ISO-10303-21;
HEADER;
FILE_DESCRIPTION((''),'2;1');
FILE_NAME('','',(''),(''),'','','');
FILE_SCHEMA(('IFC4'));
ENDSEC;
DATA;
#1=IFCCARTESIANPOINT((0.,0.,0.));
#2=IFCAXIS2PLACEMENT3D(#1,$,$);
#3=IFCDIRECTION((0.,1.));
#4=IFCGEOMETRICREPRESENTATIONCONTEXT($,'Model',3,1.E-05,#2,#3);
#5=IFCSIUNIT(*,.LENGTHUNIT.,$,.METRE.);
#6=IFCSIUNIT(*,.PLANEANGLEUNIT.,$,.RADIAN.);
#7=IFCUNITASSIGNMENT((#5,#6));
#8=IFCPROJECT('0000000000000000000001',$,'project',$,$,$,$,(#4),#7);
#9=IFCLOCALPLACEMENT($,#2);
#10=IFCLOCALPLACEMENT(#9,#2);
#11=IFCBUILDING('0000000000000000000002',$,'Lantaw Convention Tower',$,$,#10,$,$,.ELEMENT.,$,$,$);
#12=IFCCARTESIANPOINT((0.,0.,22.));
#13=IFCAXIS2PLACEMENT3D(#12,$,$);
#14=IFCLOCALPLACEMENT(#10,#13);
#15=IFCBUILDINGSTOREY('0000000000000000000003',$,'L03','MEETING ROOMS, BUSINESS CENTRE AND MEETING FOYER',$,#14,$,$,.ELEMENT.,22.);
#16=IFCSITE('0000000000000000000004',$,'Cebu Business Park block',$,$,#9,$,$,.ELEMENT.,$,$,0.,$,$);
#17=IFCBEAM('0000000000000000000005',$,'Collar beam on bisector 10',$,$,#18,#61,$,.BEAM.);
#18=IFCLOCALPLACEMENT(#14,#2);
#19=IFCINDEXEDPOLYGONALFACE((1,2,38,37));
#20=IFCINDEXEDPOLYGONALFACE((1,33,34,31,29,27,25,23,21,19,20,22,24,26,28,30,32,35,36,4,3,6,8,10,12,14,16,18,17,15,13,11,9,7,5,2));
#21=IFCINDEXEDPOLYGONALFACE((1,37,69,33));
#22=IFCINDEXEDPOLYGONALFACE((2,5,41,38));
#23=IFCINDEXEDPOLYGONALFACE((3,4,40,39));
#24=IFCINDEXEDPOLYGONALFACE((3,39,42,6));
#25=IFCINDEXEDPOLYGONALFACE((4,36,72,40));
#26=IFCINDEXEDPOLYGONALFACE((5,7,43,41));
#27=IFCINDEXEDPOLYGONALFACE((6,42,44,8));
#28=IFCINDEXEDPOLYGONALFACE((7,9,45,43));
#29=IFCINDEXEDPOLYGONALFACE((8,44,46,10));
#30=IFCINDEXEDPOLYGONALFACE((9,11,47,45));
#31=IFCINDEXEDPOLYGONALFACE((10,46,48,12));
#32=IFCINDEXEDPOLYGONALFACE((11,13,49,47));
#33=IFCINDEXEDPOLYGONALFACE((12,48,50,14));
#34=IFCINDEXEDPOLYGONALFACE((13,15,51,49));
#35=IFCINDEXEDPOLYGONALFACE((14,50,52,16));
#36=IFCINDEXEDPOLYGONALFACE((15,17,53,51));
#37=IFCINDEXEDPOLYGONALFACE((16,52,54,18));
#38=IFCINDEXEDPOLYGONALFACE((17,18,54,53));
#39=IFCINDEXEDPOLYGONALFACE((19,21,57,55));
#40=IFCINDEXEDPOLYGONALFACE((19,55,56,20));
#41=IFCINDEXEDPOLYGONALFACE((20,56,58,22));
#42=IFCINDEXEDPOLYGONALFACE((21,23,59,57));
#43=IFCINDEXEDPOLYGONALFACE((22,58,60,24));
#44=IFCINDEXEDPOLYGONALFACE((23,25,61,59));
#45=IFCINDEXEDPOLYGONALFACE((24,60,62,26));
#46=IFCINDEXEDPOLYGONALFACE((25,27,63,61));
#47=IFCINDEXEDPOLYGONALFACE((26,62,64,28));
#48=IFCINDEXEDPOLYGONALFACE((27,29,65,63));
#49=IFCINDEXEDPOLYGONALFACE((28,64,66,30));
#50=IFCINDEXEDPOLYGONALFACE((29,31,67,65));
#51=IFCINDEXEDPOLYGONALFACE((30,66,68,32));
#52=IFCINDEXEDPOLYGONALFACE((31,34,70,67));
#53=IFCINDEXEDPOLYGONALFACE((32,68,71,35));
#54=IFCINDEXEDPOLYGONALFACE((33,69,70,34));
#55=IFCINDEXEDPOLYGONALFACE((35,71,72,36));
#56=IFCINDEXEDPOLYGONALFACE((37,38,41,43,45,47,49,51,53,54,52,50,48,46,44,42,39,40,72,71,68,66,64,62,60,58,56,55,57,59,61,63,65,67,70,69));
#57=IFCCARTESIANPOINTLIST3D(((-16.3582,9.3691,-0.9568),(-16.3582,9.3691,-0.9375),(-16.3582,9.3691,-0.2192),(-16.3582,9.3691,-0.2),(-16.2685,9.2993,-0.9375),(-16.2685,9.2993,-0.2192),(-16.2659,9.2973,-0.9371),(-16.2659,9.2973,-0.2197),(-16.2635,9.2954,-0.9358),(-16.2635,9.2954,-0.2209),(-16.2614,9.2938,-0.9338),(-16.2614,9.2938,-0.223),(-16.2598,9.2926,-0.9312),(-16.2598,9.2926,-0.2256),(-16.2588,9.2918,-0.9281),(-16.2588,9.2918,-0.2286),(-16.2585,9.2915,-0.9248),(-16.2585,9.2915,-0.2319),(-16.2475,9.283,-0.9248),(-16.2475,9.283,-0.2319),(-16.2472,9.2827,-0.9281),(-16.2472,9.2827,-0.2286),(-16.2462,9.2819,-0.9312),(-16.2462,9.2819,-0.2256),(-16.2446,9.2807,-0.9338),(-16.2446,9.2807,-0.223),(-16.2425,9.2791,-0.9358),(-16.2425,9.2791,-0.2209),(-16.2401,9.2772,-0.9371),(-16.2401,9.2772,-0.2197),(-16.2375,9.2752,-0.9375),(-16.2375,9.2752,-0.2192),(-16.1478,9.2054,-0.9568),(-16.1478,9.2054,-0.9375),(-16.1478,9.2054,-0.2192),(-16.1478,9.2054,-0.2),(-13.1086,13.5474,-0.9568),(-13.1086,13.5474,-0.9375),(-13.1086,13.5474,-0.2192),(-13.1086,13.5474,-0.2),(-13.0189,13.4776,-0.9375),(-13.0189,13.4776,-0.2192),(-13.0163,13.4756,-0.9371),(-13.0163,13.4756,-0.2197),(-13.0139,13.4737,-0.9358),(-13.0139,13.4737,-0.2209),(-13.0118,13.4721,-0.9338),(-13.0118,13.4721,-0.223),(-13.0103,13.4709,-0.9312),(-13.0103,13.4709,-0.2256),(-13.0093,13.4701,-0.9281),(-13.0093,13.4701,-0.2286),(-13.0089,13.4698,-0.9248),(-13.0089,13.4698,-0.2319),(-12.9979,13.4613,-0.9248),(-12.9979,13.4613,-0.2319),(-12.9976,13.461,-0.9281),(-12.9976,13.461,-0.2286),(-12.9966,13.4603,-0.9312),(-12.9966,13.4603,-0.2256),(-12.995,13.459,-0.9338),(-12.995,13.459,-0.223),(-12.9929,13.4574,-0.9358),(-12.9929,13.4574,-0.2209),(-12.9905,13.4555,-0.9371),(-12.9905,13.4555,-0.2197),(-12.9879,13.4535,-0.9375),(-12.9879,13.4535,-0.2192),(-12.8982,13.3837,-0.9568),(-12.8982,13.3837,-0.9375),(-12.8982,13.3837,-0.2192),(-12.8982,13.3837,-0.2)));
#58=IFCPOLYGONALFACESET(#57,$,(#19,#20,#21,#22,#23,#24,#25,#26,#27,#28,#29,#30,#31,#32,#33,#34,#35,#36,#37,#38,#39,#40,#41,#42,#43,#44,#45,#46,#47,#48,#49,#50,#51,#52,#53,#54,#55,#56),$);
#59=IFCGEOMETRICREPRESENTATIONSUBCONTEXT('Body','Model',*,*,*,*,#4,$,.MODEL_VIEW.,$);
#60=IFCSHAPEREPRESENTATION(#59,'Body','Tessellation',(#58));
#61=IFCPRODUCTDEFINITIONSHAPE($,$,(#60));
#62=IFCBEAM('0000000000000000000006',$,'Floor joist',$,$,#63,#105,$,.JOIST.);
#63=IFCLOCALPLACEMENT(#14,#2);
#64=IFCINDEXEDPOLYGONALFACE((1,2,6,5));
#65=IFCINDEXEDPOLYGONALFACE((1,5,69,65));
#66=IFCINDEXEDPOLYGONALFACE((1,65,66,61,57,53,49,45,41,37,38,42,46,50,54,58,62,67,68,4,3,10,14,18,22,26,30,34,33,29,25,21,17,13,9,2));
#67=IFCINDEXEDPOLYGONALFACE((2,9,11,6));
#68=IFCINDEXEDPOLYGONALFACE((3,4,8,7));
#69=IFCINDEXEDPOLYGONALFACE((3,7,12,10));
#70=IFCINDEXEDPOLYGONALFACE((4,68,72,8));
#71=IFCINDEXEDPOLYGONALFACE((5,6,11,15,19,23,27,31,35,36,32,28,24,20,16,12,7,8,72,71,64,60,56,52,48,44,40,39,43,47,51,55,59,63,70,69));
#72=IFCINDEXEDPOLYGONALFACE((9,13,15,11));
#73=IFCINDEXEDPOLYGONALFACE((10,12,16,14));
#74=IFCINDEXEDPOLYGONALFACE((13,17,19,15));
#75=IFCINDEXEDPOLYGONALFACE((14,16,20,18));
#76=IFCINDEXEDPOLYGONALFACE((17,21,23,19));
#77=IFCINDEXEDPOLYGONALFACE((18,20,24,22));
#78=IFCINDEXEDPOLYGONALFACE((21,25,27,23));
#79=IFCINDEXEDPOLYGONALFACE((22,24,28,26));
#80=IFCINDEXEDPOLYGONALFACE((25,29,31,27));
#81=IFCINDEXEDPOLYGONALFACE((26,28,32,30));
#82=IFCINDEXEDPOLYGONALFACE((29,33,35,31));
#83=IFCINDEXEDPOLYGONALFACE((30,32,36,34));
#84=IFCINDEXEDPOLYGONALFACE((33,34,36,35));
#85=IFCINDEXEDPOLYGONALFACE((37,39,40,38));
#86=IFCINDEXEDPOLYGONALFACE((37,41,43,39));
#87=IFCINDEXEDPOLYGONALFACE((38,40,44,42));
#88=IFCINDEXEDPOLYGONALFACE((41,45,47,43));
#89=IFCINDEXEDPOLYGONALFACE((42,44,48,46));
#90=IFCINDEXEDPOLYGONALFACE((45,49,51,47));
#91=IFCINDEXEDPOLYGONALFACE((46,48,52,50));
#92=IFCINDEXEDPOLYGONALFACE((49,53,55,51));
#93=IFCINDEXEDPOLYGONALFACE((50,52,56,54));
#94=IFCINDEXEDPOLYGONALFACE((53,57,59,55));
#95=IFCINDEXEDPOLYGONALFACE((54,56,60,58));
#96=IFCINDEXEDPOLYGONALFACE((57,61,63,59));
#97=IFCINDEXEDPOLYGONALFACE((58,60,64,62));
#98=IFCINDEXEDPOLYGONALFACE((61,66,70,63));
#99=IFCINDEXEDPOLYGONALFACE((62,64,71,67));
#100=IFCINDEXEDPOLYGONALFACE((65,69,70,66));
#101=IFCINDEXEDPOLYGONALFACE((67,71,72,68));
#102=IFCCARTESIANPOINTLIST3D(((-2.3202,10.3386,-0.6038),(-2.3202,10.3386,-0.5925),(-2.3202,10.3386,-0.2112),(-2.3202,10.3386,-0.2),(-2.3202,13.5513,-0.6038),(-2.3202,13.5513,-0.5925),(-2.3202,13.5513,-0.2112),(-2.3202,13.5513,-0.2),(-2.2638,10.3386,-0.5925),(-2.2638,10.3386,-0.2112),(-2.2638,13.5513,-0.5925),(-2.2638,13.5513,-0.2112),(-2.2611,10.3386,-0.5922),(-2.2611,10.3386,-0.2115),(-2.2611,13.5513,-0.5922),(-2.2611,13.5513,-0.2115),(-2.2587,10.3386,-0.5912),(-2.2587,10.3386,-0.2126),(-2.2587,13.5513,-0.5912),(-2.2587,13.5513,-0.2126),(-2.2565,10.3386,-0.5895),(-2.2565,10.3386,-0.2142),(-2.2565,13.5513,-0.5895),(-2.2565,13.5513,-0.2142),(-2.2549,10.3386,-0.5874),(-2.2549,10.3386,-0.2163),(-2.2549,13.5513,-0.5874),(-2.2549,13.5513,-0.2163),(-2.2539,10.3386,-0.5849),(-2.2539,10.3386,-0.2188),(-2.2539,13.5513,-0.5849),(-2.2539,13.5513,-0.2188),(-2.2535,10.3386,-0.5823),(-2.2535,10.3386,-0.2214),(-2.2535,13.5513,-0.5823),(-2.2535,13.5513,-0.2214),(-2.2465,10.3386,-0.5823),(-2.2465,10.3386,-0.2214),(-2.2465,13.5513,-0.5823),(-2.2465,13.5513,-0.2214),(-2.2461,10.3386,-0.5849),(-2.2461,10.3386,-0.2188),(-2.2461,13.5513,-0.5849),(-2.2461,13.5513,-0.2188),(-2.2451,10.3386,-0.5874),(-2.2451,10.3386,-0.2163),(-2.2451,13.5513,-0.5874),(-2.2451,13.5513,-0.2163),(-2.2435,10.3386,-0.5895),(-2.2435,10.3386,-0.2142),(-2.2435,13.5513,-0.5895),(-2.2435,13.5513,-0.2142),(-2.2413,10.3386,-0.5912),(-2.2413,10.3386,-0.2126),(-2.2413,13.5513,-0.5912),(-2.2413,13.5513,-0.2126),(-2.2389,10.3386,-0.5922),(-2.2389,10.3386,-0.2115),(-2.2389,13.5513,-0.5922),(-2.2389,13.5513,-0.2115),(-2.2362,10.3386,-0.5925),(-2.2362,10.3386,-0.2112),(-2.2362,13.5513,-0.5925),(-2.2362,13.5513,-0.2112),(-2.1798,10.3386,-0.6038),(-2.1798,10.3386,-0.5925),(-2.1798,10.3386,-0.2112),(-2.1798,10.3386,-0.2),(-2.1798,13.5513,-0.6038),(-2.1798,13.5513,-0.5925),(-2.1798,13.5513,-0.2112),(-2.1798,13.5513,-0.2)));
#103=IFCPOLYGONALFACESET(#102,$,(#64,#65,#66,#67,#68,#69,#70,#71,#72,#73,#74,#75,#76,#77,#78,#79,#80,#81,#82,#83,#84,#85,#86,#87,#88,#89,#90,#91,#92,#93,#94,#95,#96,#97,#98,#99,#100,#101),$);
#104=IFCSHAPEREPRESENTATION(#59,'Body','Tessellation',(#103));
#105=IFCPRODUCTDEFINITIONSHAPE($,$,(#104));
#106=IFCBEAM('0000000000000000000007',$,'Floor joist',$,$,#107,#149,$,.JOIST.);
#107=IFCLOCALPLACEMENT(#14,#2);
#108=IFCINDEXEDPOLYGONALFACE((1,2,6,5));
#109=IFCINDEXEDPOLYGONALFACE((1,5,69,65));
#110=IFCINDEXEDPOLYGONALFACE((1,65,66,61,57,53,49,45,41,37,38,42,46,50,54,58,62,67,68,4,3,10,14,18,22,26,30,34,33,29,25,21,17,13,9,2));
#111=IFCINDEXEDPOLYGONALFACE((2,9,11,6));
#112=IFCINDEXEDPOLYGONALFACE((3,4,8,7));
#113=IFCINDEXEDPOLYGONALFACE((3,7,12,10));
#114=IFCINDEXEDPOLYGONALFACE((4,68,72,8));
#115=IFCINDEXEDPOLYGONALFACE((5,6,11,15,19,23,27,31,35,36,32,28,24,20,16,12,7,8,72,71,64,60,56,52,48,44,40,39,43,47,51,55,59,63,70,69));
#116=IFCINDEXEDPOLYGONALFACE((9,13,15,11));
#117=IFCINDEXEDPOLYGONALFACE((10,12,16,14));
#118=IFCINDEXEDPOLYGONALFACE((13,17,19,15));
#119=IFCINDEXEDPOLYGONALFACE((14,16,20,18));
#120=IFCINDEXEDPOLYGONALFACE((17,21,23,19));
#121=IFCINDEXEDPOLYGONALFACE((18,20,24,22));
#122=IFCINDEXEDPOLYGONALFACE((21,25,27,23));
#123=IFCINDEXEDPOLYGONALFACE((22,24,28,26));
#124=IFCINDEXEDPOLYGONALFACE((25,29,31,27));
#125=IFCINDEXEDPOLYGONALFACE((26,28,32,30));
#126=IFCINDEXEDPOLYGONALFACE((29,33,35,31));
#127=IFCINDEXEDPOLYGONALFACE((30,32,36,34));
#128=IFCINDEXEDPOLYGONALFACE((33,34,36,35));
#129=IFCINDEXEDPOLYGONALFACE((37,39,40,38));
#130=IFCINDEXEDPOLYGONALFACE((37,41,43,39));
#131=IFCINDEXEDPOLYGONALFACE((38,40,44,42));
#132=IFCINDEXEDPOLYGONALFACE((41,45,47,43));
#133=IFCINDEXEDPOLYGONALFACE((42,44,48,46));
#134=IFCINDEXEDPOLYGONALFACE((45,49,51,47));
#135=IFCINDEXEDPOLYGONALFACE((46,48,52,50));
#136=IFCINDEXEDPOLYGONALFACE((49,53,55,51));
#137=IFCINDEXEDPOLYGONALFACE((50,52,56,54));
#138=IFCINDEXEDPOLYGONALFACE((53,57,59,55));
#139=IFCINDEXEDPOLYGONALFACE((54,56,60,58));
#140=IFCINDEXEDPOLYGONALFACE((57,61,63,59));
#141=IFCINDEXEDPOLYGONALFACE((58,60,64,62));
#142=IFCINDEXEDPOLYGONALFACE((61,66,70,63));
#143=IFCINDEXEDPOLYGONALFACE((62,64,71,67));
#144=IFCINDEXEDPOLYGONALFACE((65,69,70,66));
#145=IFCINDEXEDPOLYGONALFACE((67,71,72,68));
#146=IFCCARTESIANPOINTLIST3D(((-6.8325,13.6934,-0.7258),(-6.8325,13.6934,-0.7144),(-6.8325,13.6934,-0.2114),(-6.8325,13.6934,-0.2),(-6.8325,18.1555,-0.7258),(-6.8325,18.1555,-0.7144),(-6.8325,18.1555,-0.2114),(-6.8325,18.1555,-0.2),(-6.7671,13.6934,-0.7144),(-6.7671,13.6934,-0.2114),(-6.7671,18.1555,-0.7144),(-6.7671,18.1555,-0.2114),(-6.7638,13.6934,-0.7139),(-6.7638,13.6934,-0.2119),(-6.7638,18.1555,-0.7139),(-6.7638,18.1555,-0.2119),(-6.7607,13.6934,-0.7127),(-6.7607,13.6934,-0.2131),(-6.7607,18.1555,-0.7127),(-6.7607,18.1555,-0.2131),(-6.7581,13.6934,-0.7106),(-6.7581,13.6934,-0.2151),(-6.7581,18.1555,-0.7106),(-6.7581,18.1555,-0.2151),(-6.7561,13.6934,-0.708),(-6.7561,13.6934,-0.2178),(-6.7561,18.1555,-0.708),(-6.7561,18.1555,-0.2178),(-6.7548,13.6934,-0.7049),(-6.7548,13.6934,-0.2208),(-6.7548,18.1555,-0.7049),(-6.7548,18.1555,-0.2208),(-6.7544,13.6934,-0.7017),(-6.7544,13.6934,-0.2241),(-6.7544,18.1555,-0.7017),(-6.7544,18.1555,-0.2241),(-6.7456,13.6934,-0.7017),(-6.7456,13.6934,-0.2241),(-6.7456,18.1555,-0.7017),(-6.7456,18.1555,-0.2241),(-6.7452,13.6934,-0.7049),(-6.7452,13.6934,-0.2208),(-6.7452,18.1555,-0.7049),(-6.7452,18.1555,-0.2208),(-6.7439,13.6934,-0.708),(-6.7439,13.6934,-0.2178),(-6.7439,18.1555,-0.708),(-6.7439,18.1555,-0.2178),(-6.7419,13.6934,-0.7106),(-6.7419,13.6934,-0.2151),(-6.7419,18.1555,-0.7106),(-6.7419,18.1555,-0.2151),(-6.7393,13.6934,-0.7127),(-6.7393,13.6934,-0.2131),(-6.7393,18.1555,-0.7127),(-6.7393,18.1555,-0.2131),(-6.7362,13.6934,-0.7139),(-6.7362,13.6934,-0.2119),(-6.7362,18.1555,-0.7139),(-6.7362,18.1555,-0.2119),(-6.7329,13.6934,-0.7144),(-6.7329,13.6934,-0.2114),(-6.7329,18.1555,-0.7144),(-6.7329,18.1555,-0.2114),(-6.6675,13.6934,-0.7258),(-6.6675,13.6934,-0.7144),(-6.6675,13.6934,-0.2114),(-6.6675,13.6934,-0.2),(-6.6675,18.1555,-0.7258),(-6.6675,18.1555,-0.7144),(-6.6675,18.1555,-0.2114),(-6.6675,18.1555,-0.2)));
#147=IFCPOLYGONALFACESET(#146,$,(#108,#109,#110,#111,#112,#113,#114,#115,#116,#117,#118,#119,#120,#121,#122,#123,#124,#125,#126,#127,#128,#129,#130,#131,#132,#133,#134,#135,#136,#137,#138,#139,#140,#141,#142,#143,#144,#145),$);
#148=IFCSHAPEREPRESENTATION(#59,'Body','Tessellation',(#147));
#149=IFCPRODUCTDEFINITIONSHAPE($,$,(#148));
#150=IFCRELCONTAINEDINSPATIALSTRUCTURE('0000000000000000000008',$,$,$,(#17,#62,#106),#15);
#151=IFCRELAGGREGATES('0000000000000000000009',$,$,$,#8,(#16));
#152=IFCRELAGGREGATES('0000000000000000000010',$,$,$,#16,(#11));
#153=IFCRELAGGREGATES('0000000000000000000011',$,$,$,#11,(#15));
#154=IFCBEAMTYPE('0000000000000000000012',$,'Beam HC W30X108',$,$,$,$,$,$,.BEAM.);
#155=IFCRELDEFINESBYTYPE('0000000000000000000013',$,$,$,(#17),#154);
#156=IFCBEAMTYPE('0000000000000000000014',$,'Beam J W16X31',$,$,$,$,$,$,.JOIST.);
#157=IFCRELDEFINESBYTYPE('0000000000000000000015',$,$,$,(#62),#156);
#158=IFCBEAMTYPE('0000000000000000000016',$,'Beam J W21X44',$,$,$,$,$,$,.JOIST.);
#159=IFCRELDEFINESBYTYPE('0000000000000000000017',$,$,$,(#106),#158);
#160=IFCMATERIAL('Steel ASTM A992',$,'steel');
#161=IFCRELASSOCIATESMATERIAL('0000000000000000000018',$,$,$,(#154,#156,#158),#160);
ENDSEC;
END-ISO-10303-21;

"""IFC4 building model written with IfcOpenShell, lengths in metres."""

from ifc_helpers import new_model, si_unit, direction, frame, origin, origin_2d, place, context, subcontext, project, spatial, i_section, extrude, material, material_profile, profile_set, type_object, element, save


model = new_model("IFC4")

# Units and contexts
model_context = context("Model", 3, precision=1e-05, world=origin(), true_north=direction((0.0, 1.0)))
body_context = subcontext(model_context, "Body", "Model", "MODEL_VIEW")
ifc_project = project(units=[si_unit("LENGTHUNIT", "METRE"), si_unit("PLANEANGLEUNIT", "RADIAN")], contexts=[model_context])

# Site, building, storey
site_placement = place(None, origin())
site = spatial("IfcSite", under=ifc_project, at=site_placement, Name="Cebu Business Park block", CompositionType="ELEMENT", RefElevation=0.0)
building_placement = place(site_placement, origin())
building = spatial("IfcBuilding", under=site, at=building_placement, Name="Lantaw Convention Tower", CompositionType="ELEMENT")
storey_placement = place(building_placement, frame((0.0, 0.0, 22.0)))
storey = spatial("IfcBuildingStorey", under=building, at=storey_placement, Name="L03", Description="MEETING ROOMS, BUSINESS CENTRE AND MEETING FOYER", CompositionType="ELEMENT", Elevation=22.0)

# Beams
ifc_material_1 = material(Name="Steel ASTM A992", Category="steel")
ifc_material_profile_1 = material_profile(ifc_material_1, i_section(OverallWidth=0.2666, OverallDepth=0.7568, WebThickness=0.0139, FlangeThickness=0.0193, FilletRadius=0.0127, at=origin_2d()), Name="W30X108")
ifc_profile_set_1 = profile_set([ifc_material_profile_1], Name="Steel ASTM A992")
beam_type_1 = type_object("IfcBeamType", Name="Beam HC W30X108", PredefinedType="BEAM", material=ifc_profile_set_1)
beam_1_placement = place(storey_placement, frame((-13.0034, 13.4656, -0.5784), z_axis=(-0.613915, -0.789372, 0.0), x_axis=(0.789372, -0.613915, 0.0)))
element("IfcBeam", 1, at=beam_1_placement, inside=storey, type_object=beam_type_1, Name="Collar beam on bisector 10", PredefinedType="BEAM", context=body_context, shape_type="SweptSolid", body=[
    extrude(i_section(OverallWidth=0.2666, OverallDepth=0.7568, WebThickness=0.0139, FlangeThickness=0.0193, FilletRadius=0.0127, at=origin_2d()), origin(), (0.0, 0.0, 1.0), 5.2932),
])
ifc_material_profile_2 = material_profile(ifc_material_1, i_section(OverallWidth=0.1404, OverallDepth=0.4038, WebThickness=0.0071, FlangeThickness=0.0112, FilletRadius=0.0103, at=origin_2d()), Name="W16X31")
ifc_profile_set_2 = profile_set([ifc_material_profile_2], Name="Steel ASTM A992")
beam_type_2 = type_object("IfcBeamType", Name="Beam J W16X31", PredefinedType="JOIST", material=ifc_profile_set_2)
beam_2_placement = place(storey_placement, frame((-2.25, 10.3386, -0.4019), z_axis=(0.0, 1.0, 0.0), x_axis=(-1.0, 0.0, 0.0)))
element("IfcBeam", 2, at=beam_2_placement, inside=storey, type_object=beam_type_2, Name="Floor joist", PredefinedType="JOIST", context=body_context, shape_type="SweptSolid", body=[
    extrude(i_section(OverallWidth=0.1404, OverallDepth=0.4038, WebThickness=0.0071, FlangeThickness=0.0112, FilletRadius=0.0103, at=origin_2d()), origin(), (0.0, 0.0, 1.0), 3.2126),
])
ifc_material_profile_3 = material_profile(ifc_material_1, i_section(OverallWidth=0.165, OverallDepth=0.5259, WebThickness=0.0088, FlangeThickness=0.0115, FilletRadius=0.0127, at=origin_2d()), Name="W21X44")
ifc_profile_set_3 = profile_set([ifc_material_profile_3], Name="Steel ASTM A992")
beam_type_3 = type_object("IfcBeamType", Name="Beam J W21X44", PredefinedType="JOIST", material=ifc_profile_set_3)
beam_3_placement = place(storey_placement, frame((-6.75, 13.6934, -0.4629), z_axis=(0.0, 1.0, 0.0), x_axis=(-1.0, 0.0, 0.0)))
element("IfcBeam", 3, at=beam_3_placement, inside=storey, type_object=beam_type_3, Name="Floor joist", PredefinedType="JOIST", context=body_context, shape_type="SweptSolid", body=[
    extrude(i_section(OverallWidth=0.165, OverallDepth=0.5259, WebThickness=0.0088, FlangeThickness=0.0115, FilletRadius=0.0127, at=origin_2d()), origin(), (0.0, 0.0, 1.0), 4.4622),
])

save(model, "model.ifc")
